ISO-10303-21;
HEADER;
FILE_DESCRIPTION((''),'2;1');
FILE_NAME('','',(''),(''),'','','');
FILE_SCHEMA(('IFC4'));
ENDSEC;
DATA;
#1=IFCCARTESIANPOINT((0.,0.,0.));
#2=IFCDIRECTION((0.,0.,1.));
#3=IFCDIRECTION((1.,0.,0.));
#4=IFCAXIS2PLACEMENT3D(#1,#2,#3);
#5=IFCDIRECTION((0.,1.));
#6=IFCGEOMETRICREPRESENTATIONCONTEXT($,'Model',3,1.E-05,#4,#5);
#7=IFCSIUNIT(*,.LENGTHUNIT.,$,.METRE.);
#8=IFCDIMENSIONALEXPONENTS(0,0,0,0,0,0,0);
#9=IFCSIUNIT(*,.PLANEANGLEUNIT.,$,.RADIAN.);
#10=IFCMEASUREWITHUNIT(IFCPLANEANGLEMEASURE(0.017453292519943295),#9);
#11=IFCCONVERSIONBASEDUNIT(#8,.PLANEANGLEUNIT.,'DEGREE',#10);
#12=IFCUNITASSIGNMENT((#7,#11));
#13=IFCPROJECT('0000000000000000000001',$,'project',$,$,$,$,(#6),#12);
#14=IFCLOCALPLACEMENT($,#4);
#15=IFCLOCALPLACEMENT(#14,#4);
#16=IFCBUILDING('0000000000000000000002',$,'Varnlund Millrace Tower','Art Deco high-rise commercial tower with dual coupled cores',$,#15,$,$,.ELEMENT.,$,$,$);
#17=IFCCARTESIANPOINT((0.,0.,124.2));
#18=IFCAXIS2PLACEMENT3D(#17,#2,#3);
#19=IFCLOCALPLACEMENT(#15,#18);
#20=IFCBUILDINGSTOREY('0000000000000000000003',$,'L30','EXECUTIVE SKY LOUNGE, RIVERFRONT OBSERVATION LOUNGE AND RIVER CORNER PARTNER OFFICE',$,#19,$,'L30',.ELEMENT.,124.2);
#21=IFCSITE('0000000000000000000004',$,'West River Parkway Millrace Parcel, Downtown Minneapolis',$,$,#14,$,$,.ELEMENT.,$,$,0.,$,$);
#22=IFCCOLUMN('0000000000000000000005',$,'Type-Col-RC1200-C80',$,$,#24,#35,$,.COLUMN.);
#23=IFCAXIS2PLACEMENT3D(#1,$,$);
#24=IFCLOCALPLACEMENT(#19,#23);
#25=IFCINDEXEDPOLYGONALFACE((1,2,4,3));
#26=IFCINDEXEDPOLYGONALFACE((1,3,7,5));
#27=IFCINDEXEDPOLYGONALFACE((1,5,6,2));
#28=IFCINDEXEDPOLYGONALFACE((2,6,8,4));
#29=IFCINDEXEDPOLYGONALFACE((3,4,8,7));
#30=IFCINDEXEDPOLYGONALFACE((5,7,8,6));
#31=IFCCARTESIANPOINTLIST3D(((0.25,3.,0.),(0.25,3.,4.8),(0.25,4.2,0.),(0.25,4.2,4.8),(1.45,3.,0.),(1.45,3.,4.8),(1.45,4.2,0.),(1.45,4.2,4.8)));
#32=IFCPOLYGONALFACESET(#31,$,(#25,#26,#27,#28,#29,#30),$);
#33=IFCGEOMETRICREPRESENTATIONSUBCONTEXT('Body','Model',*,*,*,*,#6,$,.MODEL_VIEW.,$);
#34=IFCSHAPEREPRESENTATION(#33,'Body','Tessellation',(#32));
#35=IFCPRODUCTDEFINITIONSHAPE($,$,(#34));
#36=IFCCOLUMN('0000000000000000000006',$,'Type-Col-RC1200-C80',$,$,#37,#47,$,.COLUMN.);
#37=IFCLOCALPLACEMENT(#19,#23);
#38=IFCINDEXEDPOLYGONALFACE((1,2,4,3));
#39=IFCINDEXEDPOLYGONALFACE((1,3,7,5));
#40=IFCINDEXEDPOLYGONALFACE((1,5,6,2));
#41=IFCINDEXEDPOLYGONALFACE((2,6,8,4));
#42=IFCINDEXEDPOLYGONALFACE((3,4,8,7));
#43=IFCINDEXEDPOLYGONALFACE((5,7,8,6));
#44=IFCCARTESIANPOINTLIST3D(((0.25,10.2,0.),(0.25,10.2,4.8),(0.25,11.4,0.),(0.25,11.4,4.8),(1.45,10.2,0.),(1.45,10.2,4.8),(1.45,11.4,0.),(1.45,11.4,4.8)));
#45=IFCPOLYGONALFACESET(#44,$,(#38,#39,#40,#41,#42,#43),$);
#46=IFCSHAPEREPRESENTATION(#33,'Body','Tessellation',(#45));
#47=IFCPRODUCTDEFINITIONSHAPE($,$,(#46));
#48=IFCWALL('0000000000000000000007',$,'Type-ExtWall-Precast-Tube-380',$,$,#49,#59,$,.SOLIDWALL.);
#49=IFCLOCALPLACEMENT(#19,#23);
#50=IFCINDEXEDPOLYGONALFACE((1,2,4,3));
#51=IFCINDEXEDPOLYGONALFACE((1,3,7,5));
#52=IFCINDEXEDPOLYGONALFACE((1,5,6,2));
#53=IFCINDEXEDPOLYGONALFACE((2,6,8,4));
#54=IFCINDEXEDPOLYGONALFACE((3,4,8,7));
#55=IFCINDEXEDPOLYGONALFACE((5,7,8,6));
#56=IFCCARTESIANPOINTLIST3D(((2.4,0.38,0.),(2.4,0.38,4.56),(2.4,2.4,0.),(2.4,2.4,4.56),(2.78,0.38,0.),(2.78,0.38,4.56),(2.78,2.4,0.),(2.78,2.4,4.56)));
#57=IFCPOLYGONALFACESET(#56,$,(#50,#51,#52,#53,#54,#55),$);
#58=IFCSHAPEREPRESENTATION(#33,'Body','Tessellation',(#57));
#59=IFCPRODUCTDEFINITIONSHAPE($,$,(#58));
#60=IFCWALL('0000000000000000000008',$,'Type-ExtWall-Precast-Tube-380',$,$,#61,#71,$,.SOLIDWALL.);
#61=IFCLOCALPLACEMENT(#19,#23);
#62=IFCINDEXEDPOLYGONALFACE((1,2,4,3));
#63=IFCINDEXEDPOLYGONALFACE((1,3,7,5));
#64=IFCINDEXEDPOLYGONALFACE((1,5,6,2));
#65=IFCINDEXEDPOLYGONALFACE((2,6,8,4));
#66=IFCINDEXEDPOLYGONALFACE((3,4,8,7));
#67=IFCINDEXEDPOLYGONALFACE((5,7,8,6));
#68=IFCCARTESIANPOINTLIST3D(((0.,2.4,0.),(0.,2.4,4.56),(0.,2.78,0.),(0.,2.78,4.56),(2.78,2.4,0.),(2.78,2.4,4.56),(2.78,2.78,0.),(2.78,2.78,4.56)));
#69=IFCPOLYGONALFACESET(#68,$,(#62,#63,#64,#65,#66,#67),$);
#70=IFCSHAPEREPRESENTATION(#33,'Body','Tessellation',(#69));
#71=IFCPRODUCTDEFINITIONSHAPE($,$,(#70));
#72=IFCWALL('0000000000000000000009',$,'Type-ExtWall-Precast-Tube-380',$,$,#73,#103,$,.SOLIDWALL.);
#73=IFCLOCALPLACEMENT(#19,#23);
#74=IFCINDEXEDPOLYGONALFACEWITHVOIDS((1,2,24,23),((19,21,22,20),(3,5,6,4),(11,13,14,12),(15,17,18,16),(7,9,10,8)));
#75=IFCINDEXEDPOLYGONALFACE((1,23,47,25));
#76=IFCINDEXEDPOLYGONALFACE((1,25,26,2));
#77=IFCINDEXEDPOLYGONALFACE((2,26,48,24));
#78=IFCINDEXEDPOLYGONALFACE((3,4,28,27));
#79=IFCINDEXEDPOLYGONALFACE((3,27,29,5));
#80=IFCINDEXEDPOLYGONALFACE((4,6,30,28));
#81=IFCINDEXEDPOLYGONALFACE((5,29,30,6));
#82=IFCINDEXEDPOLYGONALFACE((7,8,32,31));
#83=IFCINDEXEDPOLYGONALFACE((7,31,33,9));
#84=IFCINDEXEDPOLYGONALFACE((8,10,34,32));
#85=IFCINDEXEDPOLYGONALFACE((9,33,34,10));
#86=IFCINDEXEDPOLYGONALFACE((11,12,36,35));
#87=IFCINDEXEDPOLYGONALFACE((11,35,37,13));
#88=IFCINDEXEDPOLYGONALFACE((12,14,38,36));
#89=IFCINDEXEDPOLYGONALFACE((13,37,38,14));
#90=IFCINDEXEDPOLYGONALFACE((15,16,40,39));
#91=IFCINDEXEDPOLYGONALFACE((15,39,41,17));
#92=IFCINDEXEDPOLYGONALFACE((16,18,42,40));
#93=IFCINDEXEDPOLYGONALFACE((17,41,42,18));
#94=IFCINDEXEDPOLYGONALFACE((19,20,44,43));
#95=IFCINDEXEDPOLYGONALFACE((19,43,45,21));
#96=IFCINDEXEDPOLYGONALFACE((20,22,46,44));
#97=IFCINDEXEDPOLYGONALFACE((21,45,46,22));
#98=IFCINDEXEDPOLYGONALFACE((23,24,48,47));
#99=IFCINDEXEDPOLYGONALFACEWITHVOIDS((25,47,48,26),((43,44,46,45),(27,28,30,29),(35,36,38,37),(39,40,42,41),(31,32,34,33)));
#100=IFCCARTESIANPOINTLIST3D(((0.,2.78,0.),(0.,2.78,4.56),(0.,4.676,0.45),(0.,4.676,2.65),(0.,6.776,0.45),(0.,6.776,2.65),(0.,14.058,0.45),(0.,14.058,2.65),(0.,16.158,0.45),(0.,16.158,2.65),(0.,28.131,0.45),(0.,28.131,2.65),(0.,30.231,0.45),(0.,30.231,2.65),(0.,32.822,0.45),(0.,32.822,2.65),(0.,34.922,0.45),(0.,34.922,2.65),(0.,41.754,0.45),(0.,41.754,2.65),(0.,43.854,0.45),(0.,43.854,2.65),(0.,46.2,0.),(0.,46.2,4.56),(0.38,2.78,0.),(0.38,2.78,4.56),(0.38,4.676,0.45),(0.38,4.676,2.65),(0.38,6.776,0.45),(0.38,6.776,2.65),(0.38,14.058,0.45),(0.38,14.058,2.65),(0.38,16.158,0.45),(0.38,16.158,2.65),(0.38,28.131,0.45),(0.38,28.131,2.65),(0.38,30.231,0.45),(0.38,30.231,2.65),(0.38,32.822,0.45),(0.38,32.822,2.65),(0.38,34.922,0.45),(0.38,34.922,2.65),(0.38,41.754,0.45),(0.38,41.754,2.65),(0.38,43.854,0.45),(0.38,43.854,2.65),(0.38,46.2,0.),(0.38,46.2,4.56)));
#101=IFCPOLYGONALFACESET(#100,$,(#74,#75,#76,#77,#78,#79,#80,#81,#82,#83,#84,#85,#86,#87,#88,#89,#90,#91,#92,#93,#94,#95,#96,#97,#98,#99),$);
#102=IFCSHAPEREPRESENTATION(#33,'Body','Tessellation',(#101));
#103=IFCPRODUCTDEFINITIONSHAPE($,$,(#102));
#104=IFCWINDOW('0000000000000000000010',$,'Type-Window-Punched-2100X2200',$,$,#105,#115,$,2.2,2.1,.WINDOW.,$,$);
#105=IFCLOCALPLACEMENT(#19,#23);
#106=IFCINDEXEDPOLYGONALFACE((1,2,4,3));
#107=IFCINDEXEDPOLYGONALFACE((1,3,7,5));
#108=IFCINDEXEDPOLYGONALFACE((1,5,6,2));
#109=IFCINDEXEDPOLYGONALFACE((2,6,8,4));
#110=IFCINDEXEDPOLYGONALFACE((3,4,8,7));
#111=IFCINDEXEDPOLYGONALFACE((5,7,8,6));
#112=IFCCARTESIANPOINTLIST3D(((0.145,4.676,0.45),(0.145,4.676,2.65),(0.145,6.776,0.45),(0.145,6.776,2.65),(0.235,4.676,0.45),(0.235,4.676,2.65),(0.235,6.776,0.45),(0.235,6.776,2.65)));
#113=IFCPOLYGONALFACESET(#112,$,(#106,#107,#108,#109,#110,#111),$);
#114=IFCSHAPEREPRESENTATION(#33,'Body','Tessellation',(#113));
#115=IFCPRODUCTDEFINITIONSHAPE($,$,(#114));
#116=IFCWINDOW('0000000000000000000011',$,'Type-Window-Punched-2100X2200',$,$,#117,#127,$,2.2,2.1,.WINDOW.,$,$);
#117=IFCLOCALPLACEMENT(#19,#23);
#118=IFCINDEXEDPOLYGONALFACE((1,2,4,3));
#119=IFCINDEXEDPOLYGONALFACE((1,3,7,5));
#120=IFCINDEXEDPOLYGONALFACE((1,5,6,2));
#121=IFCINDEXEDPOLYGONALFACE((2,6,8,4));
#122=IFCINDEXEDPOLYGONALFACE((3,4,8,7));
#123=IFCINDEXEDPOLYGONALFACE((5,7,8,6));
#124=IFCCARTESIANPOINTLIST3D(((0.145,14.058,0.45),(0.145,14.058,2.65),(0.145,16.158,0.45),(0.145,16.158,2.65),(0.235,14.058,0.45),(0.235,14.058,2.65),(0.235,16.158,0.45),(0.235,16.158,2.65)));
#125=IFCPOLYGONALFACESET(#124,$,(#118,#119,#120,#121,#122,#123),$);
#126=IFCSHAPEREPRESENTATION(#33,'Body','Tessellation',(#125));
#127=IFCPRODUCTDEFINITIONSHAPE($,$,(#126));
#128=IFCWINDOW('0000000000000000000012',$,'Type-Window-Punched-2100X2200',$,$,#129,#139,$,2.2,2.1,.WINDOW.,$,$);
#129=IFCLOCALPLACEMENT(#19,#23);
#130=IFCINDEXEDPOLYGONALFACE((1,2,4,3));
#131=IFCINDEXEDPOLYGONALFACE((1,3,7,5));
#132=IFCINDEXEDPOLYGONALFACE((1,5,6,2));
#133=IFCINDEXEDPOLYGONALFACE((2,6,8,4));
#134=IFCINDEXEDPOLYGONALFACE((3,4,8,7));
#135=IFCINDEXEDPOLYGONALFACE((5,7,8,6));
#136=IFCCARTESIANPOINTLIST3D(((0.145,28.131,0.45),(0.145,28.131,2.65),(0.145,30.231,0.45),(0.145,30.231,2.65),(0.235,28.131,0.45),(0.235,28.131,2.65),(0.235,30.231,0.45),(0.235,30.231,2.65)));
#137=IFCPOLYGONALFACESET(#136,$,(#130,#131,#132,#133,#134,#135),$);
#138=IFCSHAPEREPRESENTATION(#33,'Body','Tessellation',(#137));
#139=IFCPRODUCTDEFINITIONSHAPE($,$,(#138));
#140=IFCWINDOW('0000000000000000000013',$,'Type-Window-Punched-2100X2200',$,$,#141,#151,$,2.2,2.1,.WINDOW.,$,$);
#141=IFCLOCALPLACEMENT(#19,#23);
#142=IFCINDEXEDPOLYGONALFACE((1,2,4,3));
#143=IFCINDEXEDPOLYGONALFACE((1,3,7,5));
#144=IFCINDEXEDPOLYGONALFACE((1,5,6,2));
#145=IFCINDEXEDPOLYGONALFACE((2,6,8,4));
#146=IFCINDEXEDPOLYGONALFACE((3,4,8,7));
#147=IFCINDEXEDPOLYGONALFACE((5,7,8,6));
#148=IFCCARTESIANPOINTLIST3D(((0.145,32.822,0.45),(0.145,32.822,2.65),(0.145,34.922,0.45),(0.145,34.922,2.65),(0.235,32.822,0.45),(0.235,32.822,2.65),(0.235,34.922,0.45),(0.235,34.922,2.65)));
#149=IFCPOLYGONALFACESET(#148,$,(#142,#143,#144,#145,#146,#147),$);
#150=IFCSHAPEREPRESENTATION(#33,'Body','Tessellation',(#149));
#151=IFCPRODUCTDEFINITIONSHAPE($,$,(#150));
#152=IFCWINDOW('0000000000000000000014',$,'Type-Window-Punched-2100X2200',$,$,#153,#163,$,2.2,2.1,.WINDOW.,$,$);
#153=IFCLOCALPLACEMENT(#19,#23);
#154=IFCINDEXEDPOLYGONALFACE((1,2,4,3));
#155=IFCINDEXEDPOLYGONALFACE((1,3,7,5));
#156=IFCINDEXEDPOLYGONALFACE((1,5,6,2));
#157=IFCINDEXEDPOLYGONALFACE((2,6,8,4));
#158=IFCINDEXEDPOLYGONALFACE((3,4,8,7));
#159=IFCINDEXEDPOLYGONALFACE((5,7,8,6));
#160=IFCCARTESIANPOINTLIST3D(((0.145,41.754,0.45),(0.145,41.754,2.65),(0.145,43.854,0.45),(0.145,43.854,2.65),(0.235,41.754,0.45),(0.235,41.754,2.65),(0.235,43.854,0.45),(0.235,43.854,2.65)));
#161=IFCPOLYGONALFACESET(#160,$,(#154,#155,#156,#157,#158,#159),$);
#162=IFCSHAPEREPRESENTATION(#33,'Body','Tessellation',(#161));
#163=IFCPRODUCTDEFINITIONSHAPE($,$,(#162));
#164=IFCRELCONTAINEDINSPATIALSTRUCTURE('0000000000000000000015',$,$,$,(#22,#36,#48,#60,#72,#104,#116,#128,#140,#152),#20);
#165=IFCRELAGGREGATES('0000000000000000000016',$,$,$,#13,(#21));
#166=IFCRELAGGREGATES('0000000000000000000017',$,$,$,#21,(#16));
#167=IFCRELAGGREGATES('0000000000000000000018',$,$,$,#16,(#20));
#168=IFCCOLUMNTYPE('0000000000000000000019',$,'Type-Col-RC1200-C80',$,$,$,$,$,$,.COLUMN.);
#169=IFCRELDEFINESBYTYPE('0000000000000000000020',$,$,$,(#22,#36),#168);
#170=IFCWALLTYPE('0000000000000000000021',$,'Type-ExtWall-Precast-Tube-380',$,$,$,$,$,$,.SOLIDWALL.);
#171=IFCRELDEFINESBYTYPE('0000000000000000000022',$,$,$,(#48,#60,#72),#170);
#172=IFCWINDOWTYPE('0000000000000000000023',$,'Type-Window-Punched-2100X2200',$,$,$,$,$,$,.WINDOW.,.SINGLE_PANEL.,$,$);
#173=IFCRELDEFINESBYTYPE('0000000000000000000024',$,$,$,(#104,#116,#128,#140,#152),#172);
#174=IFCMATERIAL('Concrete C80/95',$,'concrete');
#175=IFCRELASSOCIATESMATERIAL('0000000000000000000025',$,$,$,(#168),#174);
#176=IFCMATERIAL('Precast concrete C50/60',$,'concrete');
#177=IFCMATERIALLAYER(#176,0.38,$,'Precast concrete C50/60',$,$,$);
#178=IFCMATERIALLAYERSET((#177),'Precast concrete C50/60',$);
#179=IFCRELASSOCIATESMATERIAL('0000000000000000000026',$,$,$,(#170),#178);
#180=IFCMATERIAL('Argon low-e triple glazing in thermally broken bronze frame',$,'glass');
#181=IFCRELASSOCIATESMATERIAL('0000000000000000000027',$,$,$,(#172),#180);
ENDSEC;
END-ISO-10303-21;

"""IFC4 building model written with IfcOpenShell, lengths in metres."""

from ifc_helpers import new_model, entity, si_unit, converted_unit, direction, frame, origin_with_axes, origin_2d_with_axis, place, context, subcontext, project, spatial, polyline, rectangle, outline, extrude, material, layer, layer_set, material_profile, profile_set, type_object, element, fill, save


model = new_model("IFC4")

# Units and contexts
model_context = context("Model", 3, precision=1e-05, world=origin_with_axes(), true_north=direction((0.0, 1.0)))
body_context = subcontext(model_context, "Body", "Model", "MODEL_VIEW")
ifc_project = project(units=[si_unit("LENGTHUNIT", "METRE"), converted_unit("PLANEANGLEUNIT", "DEGREE", entity("IfcPlaneAngleMeasure", 0.017453292519943295), si_unit("PLANEANGLEUNIT", "RADIAN"), dimensions=[0, 0, 0, 0, 0, 0, 0])], contexts=[model_context])

# Site, building, storey
site_placement = place(None, origin_with_axes())
site = spatial("IfcSite", under=ifc_project, at=site_placement, Name="West River Parkway Millrace Parcel, Downtown Minneapolis", CompositionType="ELEMENT", RefElevation=0.0)
building_placement = place(site_placement, origin_with_axes())
building = spatial("IfcBuilding", under=site, at=building_placement, Name="Varnlund Millrace Tower", Description="Art Deco high-rise commercial tower with dual coupled cores", CompositionType="ELEMENT")
storey_placement = place(building_placement, frame((0.0, 0.0, 124.2), z_axis=(0.0, 0.0, 1.0), x_axis=(1.0, 0.0, 0.0)))
storey = spatial("IfcBuildingStorey", under=building, at=storey_placement, Name="L30", Description="EXECUTIVE SKY LOUNGE, RIVERFRONT OBSERVATION LOUNGE AND RIVER CORNER PARTNER OFFICE", LongName="L30", CompositionType="ELEMENT", Elevation=124.2)

# Columns
ifc_material_1 = material(Name="Concrete C80/95", Category="concrete")
ifc_material_profile = material_profile(ifc_material_1, rectangle(XDim=1.2, YDim=1.2, at=origin_2d_with_axis()), Name="Concrete C80/95")
ifc_profile_set = profile_set([ifc_material_profile], Name="Concrete C80/95")
column_type = type_object("IfcColumnType", Name="Type-Col-RC1200-C80", PredefinedType="COLUMN", material=ifc_profile_set)
for number, where, z_axis, x_axis, name in (
    (1, (0.85, 3.6, 0.0), (0.0, 0.0, 1.0), (1.0, 0.0, 0.0), "Type-Col-RC1200-C80"),
    (2, (0.85, 10.8, 0.0), (0.0, 0.0, 1.0), (1.0, 0.0, 0.0), "Type-Col-RC1200-C80"),
):
    element("IfcColumn", number, at=place(storey_placement, frame(where, z_axis=z_axis, x_axis=x_axis)), inside=storey, type_object=column_type, Name=name, PredefinedType="COLUMN", context=body_context, shape_type="SweptSolid", body=[
        extrude(rectangle(XDim=1.2, YDim=1.2, at=origin_2d_with_axis()), origin_with_axes(), (0.0, 0.0, 1.0), 4.8),
    ])

# Walls
ifc_material_2 = material(Name="Precast concrete C50/60", Category="concrete")
ifc_layer_1 = layer(ifc_material_2, 0.38, Name="Precast concrete C50/60")
ifc_layer_set_1 = layer_set([ifc_layer_1], Name="Precast concrete C50/60")
wall_type_1 = type_object("IfcWallType", Name="Type-ExtWall-Precast-Tube-380", PredefinedType="SOLIDWALL", material=ifc_layer_set_1)
wall_1_placement = place(storey_placement, frame((2.59, 0.38, 0.0), z_axis=(0.0, 0.0, 1.0), x_axis=(0.0, 1.0, 0.0)))
element("IfcWall", 3, at=wall_1_placement, inside=storey, type_object=wall_type_1, Name="Type-ExtWall-Precast-Tube-380", PredefinedType="SOLIDWALL", context=body_context, shape_type="SweptSolid", body=[
    extrude(outline(polyline([(0.0, -0.19), (2.02, -0.19), (2.02, 0.19), (0.0, 0.19), (0.0, -0.19)])), origin_with_axes(), (0.0, 0.0, 1.0), 4.56),
])
wall_2_placement = place(storey_placement, frame((2.78, 2.59, 0.0), z_axis=(0.0, 0.0, 1.0), x_axis=(-1.0, 0.0, 0.0)))
element("IfcWall", 4, at=wall_2_placement, inside=storey, type_object=wall_type_1, Name="Type-ExtWall-Precast-Tube-380", PredefinedType="SOLIDWALL", context=body_context, shape_type="SweptSolid", body=[
    extrude(outline(polyline([(0.0, -0.19), (2.78, -0.19), (2.78, 0.19), (0.0, 0.19), (0.0, -0.19)])), origin_with_axes(), (0.0, 0.0, 1.0), 4.56),
])

# Wall, openings, windows
wall_3_placement = place(storey_placement, frame((0.19, 2.78, 0.0), z_axis=(0.0, 0.0, 1.0), x_axis=(0.0, 1.0, 0.0)))
wall_3 = element("IfcWall", 5, at=wall_3_placement, inside=storey, type_object=wall_type_1, Name="Type-ExtWall-Precast-Tube-380", PredefinedType="SOLIDWALL", context=body_context, shape_type="SweptSolid", body=[
    extrude(outline(polyline([(0.0, -0.19), (43.42, -0.19), (43.42, 0.19), (0.0, 0.19), (0.0, -0.19)])), origin_with_axes(), (0.0, 0.0, 1.0), 4.56),
])
opening_1_placement = place(wall_3_placement, frame((2.946, 0.0, 0.45), z_axis=(0.0, 0.0, 1.0), x_axis=(1.0, 0.0, 0.0)))
opening_1 = element("IfcOpeningElement", 6, at=opening_1_placement, cuts=wall_3, PredefinedType="OPENING", context=body_context, shape_type="SweptSolid", body=[
    extrude(rectangle(XDim=2.1, YDim=0.4, at=origin_2d_with_axis()), origin_with_axes(), (0.0, 0.0, 1.0), 2.2),
])
opening_2_placement = place(wall_3_placement, frame((12.328, 0.0, 0.45), z_axis=(0.0, 0.0, 1.0), x_axis=(1.0, 0.0, 0.0)))
opening_2 = element("IfcOpeningElement", 7, at=opening_2_placement, cuts=wall_3, PredefinedType="OPENING", context=body_context, shape_type="SweptSolid", body=[
    extrude(rectangle(XDim=2.1, YDim=0.4, at=origin_2d_with_axis()), origin_with_axes(), (0.0, 0.0, 1.0), 2.2),
])
opening_3_placement = place(wall_3_placement, frame((26.401, 0.0, 0.45), z_axis=(0.0, 0.0, 1.0), x_axis=(1.0, 0.0, 0.0)))
opening_3 = element("IfcOpeningElement", 8, at=opening_3_placement, cuts=wall_3, PredefinedType="OPENING", context=body_context, shape_type="SweptSolid", body=[
    extrude(rectangle(XDim=2.1, YDim=0.4, at=origin_2d_with_axis()), origin_with_axes(), (0.0, 0.0, 1.0), 2.2),
])
opening_4_placement = place(wall_3_placement, frame((31.092, 0.0, 0.45), z_axis=(0.0, 0.0, 1.0), x_axis=(1.0, 0.0, 0.0)))
opening_4 = element("IfcOpeningElement", 9, at=opening_4_placement, cuts=wall_3, PredefinedType="OPENING", context=body_context, shape_type="SweptSolid", body=[
    extrude(rectangle(XDim=2.1, YDim=0.4, at=origin_2d_with_axis()), origin_with_axes(), (0.0, 0.0, 1.0), 2.2),
])
opening_5_placement = place(wall_3_placement, frame((40.024, 0.0, 0.45), z_axis=(0.0, 0.0, 1.0), x_axis=(1.0, 0.0, 0.0)))
opening_5 = element("IfcOpeningElement", 10, at=opening_5_placement, cuts=wall_3, PredefinedType="OPENING", context=body_context, shape_type="SweptSolid", body=[
    extrude(rectangle(XDim=2.1, YDim=0.4, at=origin_2d_with_axis()), origin_with_axes(), (0.0, 0.0, 1.0), 2.2),
])
ifc_material_3 = material(Name="Argon low-e triple glazing in thermally broken bronze frame", Category="glass")
window_type = type_object("IfcWindowType", Name="Type-Window-Punched-2100X2200", PartitioningType="SINGLE_PANEL", PredefinedType="WINDOW", material=ifc_material_3)
window_1_placement = place(wall_3_placement, frame((2.946, 0.0, 0.45), z_axis=(0.0, 0.0, 1.0), x_axis=(1.0, 0.0, 0.0)))
window_1 = element("IfcWindow", 11, at=window_1_placement, inside=storey, type_object=window_type, Name="Type-Window-Punched-2100X2200", OverallHeight=2.2, OverallWidth=2.1, PredefinedType="WINDOW", context=body_context, shape_type="SweptSolid", body=[
    extrude(rectangle(XDim=2.1, YDim=0.09, at=origin_2d_with_axis()), origin_with_axes(), (0.0, 0.0, 1.0), 2.2),
])
fill(opening_1, window_1)
window_2_placement = place(wall_3_placement, frame((12.328, 0.0, 0.45), z_axis=(0.0, 0.0, 1.0), x_axis=(1.0, 0.0, 0.0)))
window_2 = element("IfcWindow", 12, at=window_2_placement, inside=storey, type_object=window_type, Name="Type-Window-Punched-2100X2200", OverallHeight=2.2, OverallWidth=2.1, PredefinedType="WINDOW", context=body_context, shape_type="SweptSolid", body=[
    extrude(rectangle(XDim=2.1, YDim=0.09, at=origin_2d_with_axis()), origin_with_axes(), (0.0, 0.0, 1.0), 2.2),
])
fill(opening_2, window_2)
window_3_placement = place(wall_3_placement, frame((26.401, 0.0, 0.45), z_axis=(0.0, 0.0, 1.0), x_axis=(1.0, 0.0, 0.0)))
window_3 = element("IfcWindow", 13, at=window_3_placement, inside=storey, type_object=window_type, Name="Type-Window-Punched-2100X2200", OverallHeight=2.2, OverallWidth=2.1, PredefinedType="WINDOW", context=body_context, shape_type="SweptSolid", body=[
    extrude(rectangle(XDim=2.1, YDim=0.09, at=origin_2d_with_axis()), origin_with_axes(), (0.0, 0.0, 1.0), 2.2),
])
fill(opening_3, window_3)
window_4_placement = place(wall_3_placement, frame((31.092, 0.0, 0.45), z_axis=(0.0, 0.0, 1.0), x_axis=(1.0, 0.0, 0.0)))
window_4 = element("IfcWindow", 14, at=window_4_placement, inside=storey, type_object=window_type, Name="Type-Window-Punched-2100X2200", OverallHeight=2.2, OverallWidth=2.1, PredefinedType="WINDOW", context=body_context, shape_type="SweptSolid", body=[
    extrude(rectangle(XDim=2.1, YDim=0.09, at=origin_2d_with_axis()), origin_with_axes(), (0.0, 0.0, 1.0), 2.2),
])
fill(opening_4, window_4)
window_5_placement = place(wall_3_placement, frame((40.024, 0.0, 0.45), z_axis=(0.0, 0.0, 1.0), x_axis=(1.0, 0.0, 0.0)))
window_5 = element("IfcWindow", 15, at=window_5_placement, inside=storey, type_object=window_type, Name="Type-Window-Punched-2100X2200", OverallHeight=2.2, OverallWidth=2.1, PredefinedType="WINDOW", context=body_context, shape_type="SweptSolid", body=[
    extrude(rectangle(XDim=2.1, YDim=0.09, at=origin_2d_with_axis()), origin_with_axes(), (0.0, 0.0, 1.0), 2.2),
])
fill(opening_5, window_5)

save(model, "model.ifc")
